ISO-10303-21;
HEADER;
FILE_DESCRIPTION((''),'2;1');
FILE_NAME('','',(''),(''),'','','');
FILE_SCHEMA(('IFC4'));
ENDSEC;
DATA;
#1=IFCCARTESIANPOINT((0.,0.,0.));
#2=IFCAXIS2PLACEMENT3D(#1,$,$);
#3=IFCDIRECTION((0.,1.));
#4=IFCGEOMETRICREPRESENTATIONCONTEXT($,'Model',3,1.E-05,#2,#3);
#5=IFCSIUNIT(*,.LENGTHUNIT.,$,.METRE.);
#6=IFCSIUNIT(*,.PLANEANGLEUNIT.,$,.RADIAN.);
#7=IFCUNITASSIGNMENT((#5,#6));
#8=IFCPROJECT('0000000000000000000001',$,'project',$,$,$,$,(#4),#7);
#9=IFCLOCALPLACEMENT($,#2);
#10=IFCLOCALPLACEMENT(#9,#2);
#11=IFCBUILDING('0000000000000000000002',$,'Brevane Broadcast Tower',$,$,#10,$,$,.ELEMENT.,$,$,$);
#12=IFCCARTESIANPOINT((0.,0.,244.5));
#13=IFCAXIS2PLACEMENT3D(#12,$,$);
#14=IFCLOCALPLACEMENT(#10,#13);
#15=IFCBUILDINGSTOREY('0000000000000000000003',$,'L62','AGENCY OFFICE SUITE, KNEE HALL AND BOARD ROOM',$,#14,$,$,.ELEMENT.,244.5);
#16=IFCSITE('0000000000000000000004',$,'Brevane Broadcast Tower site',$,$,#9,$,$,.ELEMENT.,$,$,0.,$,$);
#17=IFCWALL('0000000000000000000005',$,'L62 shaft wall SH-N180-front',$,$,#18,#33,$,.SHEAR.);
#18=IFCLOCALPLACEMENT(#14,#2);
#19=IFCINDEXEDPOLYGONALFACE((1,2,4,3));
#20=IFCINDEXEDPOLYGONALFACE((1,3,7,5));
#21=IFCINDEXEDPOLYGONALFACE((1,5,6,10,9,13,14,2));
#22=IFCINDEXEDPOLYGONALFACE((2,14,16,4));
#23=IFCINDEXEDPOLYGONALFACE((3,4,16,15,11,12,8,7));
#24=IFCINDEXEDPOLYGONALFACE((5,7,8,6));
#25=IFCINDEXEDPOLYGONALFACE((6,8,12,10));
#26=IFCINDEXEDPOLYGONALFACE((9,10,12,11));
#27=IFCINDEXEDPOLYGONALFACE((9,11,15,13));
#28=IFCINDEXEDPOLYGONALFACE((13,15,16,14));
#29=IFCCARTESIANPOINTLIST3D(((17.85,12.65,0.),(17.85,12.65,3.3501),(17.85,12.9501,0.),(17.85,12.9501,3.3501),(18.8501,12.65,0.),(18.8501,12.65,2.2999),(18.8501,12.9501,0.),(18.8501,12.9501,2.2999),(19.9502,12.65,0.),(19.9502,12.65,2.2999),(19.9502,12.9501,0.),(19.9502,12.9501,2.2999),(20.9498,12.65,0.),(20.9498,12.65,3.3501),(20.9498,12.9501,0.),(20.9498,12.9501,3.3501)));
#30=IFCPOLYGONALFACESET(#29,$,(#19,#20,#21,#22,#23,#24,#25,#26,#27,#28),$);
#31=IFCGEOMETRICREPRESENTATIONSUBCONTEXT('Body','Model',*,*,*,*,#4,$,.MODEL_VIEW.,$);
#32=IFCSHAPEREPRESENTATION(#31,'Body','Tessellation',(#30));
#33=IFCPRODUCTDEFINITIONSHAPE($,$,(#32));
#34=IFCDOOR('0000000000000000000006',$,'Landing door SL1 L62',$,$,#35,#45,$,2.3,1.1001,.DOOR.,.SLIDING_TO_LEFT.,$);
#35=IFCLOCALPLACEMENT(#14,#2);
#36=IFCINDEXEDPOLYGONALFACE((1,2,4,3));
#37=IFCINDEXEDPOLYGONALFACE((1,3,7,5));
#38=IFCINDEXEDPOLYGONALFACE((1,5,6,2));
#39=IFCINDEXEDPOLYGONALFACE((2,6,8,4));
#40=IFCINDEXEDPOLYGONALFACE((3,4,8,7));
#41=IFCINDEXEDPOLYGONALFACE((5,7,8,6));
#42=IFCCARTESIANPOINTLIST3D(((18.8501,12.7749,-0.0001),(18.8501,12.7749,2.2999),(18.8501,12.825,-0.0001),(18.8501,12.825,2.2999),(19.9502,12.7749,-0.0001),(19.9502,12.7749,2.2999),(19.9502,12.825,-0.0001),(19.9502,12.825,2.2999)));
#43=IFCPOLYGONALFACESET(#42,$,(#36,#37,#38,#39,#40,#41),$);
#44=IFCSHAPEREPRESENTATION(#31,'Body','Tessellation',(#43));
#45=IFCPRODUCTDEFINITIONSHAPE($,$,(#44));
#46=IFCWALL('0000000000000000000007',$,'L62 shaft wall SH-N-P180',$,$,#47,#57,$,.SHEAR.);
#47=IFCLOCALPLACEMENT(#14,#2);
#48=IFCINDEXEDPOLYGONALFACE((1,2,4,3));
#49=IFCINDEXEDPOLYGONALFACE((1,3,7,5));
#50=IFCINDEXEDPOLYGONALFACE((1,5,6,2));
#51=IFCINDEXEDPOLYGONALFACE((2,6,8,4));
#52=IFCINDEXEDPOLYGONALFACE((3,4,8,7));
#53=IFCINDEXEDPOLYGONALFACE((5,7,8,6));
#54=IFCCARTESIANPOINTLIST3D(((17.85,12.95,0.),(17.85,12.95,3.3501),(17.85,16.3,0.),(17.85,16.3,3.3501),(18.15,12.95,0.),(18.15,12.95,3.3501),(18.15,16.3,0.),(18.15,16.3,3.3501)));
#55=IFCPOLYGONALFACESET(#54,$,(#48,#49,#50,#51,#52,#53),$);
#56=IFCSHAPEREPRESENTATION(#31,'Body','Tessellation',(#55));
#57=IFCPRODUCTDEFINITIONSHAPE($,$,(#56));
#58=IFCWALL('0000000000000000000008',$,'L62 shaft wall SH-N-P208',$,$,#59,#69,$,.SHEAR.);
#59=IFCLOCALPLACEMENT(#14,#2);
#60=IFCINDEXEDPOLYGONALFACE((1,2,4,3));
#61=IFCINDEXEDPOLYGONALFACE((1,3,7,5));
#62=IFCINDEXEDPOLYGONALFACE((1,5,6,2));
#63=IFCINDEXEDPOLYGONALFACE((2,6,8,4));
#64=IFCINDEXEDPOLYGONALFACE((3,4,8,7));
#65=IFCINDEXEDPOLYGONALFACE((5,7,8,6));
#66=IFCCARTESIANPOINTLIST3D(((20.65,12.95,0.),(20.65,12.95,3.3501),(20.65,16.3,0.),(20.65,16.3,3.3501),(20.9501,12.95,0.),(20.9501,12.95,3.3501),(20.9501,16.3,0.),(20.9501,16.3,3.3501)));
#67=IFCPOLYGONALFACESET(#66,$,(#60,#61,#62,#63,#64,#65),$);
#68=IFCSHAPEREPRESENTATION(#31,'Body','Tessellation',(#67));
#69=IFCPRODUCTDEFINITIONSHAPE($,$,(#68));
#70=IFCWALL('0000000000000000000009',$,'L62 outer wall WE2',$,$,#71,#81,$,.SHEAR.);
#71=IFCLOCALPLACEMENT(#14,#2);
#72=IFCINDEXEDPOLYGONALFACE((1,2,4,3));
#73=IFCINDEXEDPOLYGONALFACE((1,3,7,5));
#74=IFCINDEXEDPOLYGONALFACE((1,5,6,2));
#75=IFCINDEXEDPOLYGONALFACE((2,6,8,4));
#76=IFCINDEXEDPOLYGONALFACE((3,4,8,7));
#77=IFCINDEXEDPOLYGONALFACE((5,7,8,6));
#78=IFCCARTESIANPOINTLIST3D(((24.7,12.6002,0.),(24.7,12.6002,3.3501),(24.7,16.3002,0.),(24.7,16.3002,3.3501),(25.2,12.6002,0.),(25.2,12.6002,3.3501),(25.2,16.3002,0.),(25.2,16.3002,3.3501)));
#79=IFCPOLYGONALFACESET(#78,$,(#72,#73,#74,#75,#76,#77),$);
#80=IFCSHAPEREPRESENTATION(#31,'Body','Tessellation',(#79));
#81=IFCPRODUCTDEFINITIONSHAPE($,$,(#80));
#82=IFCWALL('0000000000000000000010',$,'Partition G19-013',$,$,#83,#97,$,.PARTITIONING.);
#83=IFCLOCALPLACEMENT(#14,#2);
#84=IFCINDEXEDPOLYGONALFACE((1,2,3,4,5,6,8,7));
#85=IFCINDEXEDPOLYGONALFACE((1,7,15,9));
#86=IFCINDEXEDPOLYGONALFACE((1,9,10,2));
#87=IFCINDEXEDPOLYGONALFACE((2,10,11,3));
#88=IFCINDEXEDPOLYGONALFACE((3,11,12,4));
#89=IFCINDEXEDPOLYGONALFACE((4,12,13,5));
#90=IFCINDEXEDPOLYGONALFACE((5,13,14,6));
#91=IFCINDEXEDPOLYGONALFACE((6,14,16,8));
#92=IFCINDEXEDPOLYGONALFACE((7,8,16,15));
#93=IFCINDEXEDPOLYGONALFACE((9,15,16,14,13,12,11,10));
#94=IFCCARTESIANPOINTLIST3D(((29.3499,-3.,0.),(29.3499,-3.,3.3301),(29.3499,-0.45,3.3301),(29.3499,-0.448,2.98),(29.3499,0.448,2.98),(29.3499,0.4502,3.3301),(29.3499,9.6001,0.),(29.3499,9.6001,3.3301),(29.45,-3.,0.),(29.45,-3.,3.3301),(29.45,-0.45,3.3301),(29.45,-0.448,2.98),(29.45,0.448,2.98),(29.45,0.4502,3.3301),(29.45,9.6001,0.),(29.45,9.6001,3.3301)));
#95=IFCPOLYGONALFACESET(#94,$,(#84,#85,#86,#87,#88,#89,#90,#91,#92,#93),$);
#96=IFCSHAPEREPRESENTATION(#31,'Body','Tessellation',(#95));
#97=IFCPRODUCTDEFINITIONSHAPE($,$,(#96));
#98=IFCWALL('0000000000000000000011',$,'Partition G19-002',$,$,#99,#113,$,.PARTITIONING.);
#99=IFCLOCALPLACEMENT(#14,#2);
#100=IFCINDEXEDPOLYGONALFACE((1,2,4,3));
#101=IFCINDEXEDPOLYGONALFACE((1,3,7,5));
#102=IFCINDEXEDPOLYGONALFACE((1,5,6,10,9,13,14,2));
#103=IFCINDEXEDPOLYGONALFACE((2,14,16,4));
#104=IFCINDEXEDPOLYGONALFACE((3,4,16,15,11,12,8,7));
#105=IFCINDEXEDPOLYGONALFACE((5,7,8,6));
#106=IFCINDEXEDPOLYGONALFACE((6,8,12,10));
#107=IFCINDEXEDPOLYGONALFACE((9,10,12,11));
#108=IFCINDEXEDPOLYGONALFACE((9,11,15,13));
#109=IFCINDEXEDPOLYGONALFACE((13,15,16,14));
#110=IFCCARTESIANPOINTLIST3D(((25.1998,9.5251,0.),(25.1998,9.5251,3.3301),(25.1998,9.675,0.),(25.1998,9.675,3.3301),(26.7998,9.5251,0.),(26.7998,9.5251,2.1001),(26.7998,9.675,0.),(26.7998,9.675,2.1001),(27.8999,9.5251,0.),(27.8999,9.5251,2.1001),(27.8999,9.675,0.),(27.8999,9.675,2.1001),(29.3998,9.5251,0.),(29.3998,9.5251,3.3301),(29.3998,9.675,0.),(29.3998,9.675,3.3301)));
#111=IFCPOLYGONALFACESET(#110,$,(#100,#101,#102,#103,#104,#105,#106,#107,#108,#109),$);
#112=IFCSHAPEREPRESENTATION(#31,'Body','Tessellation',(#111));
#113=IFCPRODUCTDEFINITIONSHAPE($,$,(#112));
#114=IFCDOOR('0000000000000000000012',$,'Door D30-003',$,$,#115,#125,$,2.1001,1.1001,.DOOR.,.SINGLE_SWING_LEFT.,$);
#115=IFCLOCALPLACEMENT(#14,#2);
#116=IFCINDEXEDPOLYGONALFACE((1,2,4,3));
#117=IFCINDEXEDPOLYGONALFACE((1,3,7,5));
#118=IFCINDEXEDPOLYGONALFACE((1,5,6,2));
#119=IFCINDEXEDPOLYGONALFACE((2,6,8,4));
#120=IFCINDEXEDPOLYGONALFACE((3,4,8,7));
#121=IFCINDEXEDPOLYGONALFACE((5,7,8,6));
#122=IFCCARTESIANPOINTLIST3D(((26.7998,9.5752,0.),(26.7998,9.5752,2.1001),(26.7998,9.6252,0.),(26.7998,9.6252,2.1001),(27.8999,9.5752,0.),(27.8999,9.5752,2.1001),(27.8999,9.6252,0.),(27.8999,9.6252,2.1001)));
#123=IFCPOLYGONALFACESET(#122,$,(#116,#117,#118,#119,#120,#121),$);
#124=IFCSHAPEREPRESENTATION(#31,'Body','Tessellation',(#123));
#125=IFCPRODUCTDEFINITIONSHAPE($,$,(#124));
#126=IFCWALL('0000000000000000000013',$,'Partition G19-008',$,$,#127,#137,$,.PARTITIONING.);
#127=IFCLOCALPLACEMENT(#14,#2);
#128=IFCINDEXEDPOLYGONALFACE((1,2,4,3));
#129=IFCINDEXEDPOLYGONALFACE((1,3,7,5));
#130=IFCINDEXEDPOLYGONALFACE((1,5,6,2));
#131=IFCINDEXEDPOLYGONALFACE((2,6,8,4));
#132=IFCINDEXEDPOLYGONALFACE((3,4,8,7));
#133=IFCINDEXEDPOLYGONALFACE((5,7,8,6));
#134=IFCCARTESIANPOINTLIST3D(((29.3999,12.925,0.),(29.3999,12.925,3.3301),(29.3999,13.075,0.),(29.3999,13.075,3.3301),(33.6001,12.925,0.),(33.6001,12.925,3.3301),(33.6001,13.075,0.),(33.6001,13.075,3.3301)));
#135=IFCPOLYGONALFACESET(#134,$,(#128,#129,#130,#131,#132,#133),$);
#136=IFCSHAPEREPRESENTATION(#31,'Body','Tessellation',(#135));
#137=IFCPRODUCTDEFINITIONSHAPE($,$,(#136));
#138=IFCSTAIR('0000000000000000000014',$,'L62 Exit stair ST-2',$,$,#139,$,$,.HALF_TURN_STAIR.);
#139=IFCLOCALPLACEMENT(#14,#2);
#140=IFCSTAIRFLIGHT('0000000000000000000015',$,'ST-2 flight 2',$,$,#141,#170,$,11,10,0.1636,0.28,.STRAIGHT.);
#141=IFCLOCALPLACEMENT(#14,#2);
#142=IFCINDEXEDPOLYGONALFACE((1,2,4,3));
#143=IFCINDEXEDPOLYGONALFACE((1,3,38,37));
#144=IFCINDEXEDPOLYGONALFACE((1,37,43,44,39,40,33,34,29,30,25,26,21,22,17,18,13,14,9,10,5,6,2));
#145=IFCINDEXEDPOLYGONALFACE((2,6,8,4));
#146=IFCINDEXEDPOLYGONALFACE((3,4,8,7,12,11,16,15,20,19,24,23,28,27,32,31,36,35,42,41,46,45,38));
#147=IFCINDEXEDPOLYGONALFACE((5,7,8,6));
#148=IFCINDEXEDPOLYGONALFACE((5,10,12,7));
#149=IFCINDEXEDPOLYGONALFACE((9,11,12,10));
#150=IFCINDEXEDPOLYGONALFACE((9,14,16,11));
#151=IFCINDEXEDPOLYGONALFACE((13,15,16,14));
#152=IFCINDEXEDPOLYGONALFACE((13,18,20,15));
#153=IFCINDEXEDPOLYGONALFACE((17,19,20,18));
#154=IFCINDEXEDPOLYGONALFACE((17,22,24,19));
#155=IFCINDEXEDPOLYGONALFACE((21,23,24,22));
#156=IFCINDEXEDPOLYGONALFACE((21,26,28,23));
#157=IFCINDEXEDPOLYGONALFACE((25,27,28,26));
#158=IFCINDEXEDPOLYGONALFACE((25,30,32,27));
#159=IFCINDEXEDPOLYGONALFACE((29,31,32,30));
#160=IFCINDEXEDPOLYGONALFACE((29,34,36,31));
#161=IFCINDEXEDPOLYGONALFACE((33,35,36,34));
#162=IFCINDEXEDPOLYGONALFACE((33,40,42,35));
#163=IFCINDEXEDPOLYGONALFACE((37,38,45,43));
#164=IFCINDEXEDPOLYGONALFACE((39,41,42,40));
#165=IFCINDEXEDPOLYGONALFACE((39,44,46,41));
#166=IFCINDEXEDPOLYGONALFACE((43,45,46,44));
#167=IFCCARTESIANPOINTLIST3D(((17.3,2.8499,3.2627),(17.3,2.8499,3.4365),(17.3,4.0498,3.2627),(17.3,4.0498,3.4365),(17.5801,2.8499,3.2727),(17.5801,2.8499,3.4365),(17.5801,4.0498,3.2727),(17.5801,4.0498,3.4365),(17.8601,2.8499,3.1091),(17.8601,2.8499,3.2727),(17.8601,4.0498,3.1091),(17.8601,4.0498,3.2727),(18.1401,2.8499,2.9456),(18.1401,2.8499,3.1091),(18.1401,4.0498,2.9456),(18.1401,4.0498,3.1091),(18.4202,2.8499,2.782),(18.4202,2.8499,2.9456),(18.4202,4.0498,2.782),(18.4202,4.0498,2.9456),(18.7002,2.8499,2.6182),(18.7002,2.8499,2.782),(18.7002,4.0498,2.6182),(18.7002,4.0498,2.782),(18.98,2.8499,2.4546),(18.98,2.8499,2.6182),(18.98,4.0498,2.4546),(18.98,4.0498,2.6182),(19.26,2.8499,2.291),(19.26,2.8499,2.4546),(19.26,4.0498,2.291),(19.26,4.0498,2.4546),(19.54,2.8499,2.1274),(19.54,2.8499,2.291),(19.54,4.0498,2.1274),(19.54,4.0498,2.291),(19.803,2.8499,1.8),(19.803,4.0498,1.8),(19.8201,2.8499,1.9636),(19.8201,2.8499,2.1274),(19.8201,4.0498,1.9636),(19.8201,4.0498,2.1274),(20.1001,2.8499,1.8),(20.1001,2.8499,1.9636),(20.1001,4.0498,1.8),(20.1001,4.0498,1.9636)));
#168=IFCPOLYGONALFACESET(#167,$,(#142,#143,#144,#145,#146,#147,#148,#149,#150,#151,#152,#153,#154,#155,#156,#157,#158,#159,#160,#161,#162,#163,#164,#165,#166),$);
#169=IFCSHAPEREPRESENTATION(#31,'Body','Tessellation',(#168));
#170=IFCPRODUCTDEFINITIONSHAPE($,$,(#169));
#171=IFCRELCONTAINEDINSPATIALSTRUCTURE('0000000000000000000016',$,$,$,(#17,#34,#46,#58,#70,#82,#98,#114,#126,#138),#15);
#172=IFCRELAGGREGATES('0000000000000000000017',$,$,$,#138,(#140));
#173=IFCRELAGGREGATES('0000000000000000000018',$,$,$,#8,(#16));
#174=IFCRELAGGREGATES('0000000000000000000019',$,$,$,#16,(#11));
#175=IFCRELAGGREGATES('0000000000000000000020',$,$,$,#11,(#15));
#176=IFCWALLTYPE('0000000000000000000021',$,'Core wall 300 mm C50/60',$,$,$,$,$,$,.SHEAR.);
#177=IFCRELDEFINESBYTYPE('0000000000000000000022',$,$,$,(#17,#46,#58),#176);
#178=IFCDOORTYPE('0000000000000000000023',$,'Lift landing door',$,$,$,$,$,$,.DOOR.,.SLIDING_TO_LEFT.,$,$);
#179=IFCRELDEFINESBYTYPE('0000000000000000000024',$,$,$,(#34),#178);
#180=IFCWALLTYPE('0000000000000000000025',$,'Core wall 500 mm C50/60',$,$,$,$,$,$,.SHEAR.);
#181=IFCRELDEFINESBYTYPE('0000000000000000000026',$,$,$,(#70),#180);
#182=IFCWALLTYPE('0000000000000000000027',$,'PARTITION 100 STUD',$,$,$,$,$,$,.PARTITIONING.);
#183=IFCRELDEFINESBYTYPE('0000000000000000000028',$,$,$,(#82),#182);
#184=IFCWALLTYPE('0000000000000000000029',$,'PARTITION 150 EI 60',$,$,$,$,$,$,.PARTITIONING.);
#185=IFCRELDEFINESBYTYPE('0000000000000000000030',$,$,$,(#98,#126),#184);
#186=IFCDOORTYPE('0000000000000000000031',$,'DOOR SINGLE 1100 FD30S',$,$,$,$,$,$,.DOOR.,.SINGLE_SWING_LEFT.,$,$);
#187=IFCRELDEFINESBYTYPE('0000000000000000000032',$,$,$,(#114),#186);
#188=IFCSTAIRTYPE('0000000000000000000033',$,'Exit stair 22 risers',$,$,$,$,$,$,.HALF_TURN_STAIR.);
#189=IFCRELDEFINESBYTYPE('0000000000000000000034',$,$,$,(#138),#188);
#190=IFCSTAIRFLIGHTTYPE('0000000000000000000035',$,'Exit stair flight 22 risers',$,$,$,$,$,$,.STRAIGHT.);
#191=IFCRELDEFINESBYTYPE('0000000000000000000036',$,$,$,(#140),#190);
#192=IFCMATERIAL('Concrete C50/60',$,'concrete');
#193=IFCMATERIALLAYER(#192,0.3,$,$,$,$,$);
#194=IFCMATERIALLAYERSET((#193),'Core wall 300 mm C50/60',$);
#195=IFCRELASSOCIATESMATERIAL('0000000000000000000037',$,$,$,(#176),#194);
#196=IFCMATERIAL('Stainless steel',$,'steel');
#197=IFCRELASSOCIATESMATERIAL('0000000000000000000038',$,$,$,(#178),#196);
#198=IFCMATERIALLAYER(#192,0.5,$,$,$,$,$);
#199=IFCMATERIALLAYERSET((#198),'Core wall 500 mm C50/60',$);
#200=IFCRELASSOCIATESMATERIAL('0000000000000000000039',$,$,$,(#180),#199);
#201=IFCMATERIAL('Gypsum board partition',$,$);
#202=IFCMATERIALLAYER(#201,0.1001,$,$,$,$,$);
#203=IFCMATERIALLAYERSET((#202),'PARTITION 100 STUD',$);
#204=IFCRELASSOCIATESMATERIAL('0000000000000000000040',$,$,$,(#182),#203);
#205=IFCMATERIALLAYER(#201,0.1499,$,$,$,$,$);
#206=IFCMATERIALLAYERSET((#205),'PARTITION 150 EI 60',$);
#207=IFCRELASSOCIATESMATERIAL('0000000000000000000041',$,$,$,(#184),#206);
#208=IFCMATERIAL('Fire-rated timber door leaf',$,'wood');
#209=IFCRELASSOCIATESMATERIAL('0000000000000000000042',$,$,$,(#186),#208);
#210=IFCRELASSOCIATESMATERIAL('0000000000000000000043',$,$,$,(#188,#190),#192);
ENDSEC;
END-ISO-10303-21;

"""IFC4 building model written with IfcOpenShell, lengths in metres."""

from ifc_helpers import new_model, si_unit, direction, frame, frame_2d, origin, place, context, subcontext, project, spatial, polyline, rectangle, outline, extrude, material, layer, layer_set, type_object, element, fill, aggregate, save


model = new_model("IFC4")

# Units and contexts
model_context = context("Model", 3, precision=1e-05, world=origin(), true_north=direction((0.0, 1.0)))
body_context = subcontext(model_context, "Body", "Model", "MODEL_VIEW")
ifc_project = project(units=[si_unit("LENGTHUNIT", "METRE"), si_unit("PLANEANGLEUNIT", "RADIAN")], contexts=[model_context])

# Site, building, storey
site_placement = place(None, origin())
site = spatial("IfcSite", under=ifc_project, at=site_placement, Name="Brevane Broadcast Tower site", CompositionType="ELEMENT", RefElevation=0.0)
building_placement = place(site_placement, origin())
building = spatial("IfcBuilding", under=site, at=building_placement, Name="Brevane Broadcast Tower", CompositionType="ELEMENT")
storey_placement = place(building_placement, frame((0.0, 0.0, 244.5)))
storey = spatial("IfcBuildingStorey", under=building, at=storey_placement, Name="L62", Description="AGENCY OFFICE SUITE, KNEE HALL AND BOARD ROOM", CompositionType="ELEMENT", Elevation=244.5)

# Wall, opening, door
ifc_material_1 = material(Name="Concrete C50/60", Category="concrete")
ifc_layer_1 = layer(ifc_material_1, 0.3)
ifc_layer_set_1 = layer_set([ifc_layer_1], Name="Core wall 300 mm C50/60")
wall_type_1 = type_object("IfcWallType", Name="Core wall 300 mm C50/60", PredefinedType="SHEAR", material=ifc_layer_set_1)
wall_1_placement = place(storey_placement, frame((17.8501, 12.8, 0.0), z_axis=(0.0, 0.0, 1.0), x_axis=(1.0, 0.0, 0.0)))
wall_1 = element("IfcWall", 1, at=wall_1_placement, inside=storey, type_object=wall_type_1, Name="L62 shaft wall SH-N180-front", PredefinedType="SHEAR", context=body_context, shape_type="SweptSolid", body=[
    extrude(rectangle(XDim=3.0999, YDim=0.3, at=frame_2d((1.5498, 0.0))), origin(), (0.0, 0.0, 1.0), 3.3501),
])
opening_1_placement = place(wall_1_placement, frame((1.0, 0.0, 0.0)))
opening_1 = element("IfcOpeningElement", 2, at=opening_1_placement, cuts=wall_1, PredefinedType="OPENING", context=body_context, shape_type="SweptSolid", body=[
    extrude(rectangle(XDim=1.1001, YDim=2.3, at=frame_2d((0.55, 1.1499))), frame((0.0, 0.1599, 0.0), z_axis=(0.0, -1.0, 0.0), x_axis=(1.0, 0.0, 0.0)), (0.0, 0.0, 1.0), 0.3201),
])
ifc_material_2 = material(Name="Stainless steel", Category="steel")
door_type_1 = type_object("IfcDoorType", Name="Lift landing door", OperationType="SLIDING_TO_LEFT", PredefinedType="DOOR", material=ifc_material_2)
door_1_placement = place(opening_1_placement, origin())
door_1 = element("IfcDoor", 3, at=door_1_placement, inside=storey, type_object=door_type_1, Name="Landing door SL1 L62", OperationType="SLIDING_TO_LEFT", OverallHeight=2.3, OverallWidth=1.1001, PredefinedType="DOOR", context=body_context, shape_type="SweptSolid", body=[
    extrude(rectangle(XDim=1.1001, YDim=2.3, at=frame_2d((0.55, 1.1499))), frame((0.0, 0.0249, 0.0), z_axis=(0.0, -1.0, 0.0), x_axis=(1.0, 0.0, 0.0)), (0.0, 0.0, 1.0), 0.05),
])
fill(opening_1, door_1)

# Walls
for number, where, z_axis, x_axis, name in (
    (4, (18.0, 12.95, 0.0), (0.0, 0.0, 1.0), (0.0, 1.0, 0.0), "L62 shaft wall SH-N-P180"),
    (5, (20.8, 12.95, 0.0), (0.0, 0.0, 1.0), (0.0, 1.0, 0.0), "L62 shaft wall SH-N-P208"),
):
    element("IfcWall", number, at=place(storey_placement, frame(where, z_axis=z_axis, x_axis=x_axis)), inside=storey, type_object=wall_type_1, Name=name, PredefinedType="SHEAR", context=body_context, shape_type="SweptSolid", body=[
        extrude(rectangle(XDim=3.3501, YDim=0.3, at=frame_2d((1.675, 0.0))), origin(), (0.0, 0.0, 1.0), 3.3501),
    ])
ifc_layer_2 = layer(ifc_material_1, 0.5)
ifc_layer_set_2 = layer_set([ifc_layer_2], Name="Core wall 500 mm C50/60")
wall_type_2 = type_object("IfcWallType", Name="Core wall 500 mm C50/60", PredefinedType="SHEAR", material=ifc_layer_set_2)
wall_2_placement = place(storey_placement, frame((24.95, 12.6001, 0.0), z_axis=(0.0, 0.0, 1.0), x_axis=(0.0, 1.0, 0.0)))
element("IfcWall", 6, at=wall_2_placement, inside=storey, type_object=wall_type_2, Name="L62 outer wall WE2", PredefinedType="SHEAR", context=body_context, shape_type="SweptSolid", body=[
    extrude(rectangle(XDim=3.7, YDim=0.5, at=frame_2d((1.8501, 0.0))), origin(), (0.0, 0.0, 1.0), 3.3501),
])
ifc_material_3 = material(Name="Gypsum board partition")
ifc_layer_3 = layer(ifc_material_3, 0.1001)
ifc_layer_set_3 = layer_set([ifc_layer_3], Name="PARTITION 100 STUD")
wall_type_3 = type_object("IfcWallType", Name="PARTITION 100 STUD", PredefinedType="PARTITIONING", material=ifc_layer_set_3)
wall_3_placement = place(storey_placement, frame((29.3999, 9.6001, 0.0), z_axis=(0.0, 0.0, 1.0), x_axis=(0.0, -1.0, 0.0)))
element("IfcWall", 7, at=wall_3_placement, inside=storey, type_object=wall_type_3, Name="Partition G19-013", PredefinedType="PARTITIONING", context=body_context, shape_type="SweptSolid", body=[
    extrude(outline(polyline([(0.0, 0.0), (12.6001, 0.0), (12.6001, 3.3301), (10.05, 3.3301), (10.0481, 2.98), (9.1521, 2.98), (9.1499, 3.3301), (0.0, 3.3301), (0.0, 0.0)])), frame((0.0, 0.05, 0.0), z_axis=(0.0, -1.0, 0.0), x_axis=(1.0, 0.0, 0.0)), (0.0, 0.0, 1.0), 0.1001),
])

# Wall, opening, door
ifc_layer_4 = layer(ifc_material_3, 0.1499)
ifc_layer_set_4 = layer_set([ifc_layer_4], Name="PARTITION 150 EI 60")
wall_type_4 = type_object("IfcWallType", Name="PARTITION 150 EI 60", PredefinedType="PARTITIONING", material=ifc_layer_set_4)
wall_4_placement = place(storey_placement, frame((29.3999, 9.6001, 0.0), z_axis=(0.0, 0.0, 1.0), x_axis=(-1.0, 0.0, 0.0)))
wall_4 = element("IfcWall", 8, at=wall_4_placement, inside=storey, type_object=wall_type_4, Name="Partition G19-002", PredefinedType="PARTITIONING", context=body_context, shape_type="SweptSolid", body=[
    extrude(rectangle(XDim=4.2, YDim=0.1499, at=frame_2d((2.1001, 0.0))), origin(), (0.0, 0.0, 1.0), 3.3301),
])
opening_2_placement = place(wall_4_placement, frame((1.5, 0.0, 0.0)))
opening_2 = element("IfcOpeningElement", 9, at=opening_2_placement, cuts=wall_4, PredefinedType="OPENING", context=body_context, shape_type="SweptSolid", body=[
    extrude(rectangle(XDim=1.1001, YDim=2.1001, at=frame_2d((0.55, 1.05))), frame((0.0, 0.085, 0.0), z_axis=(0.0, -1.0, 0.0), x_axis=(1.0, 0.0, 0.0)), (0.0, 0.0, 1.0), 0.1699),
])
ifc_material_4 = material(Name="Fire-rated timber door leaf", Category="wood")
door_type_2 = type_object("IfcDoorType", Name="DOOR SINGLE 1100 FD30S", OperationType="SINGLE_SWING_LEFT", PredefinedType="DOOR", material=ifc_material_4)
door_2_placement = place(opening_2_placement, origin())
door_2 = element("IfcDoor", 10, at=door_2_placement, inside=storey, type_object=door_type_2, Name="Door D30-003", OperationType="SINGLE_SWING_LEFT", OverallHeight=2.1001, OverallWidth=1.1001, PredefinedType="DOOR", context=body_context, shape_type="SweptSolid", body=[
    extrude(rectangle(XDim=1.1001, YDim=2.1001, at=frame_2d((0.55, 1.05))), frame((0.0, 0.0249, 0.0), z_axis=(0.0, -1.0, 0.0), x_axis=(1.0, 0.0, 0.0)), (0.0, 0.0, 1.0), 0.05),
])
fill(opening_2, door_2)

# Wall
wall_5_placement = place(storey_placement, frame((29.3999, 13.0, 0.0), z_axis=(0.0, 0.0, 1.0), x_axis=(1.0, 0.0, 0.0)))
element("IfcWall", 11, at=wall_5_placement, inside=storey, type_object=wall_type_4, Name="Partition G19-008", PredefinedType="PARTITIONING", context=body_context, shape_type="SweptSolid", body=[
    extrude(rectangle(XDim=4.2002, YDim=0.1499, at=frame_2d((2.1001, 0.0))), origin(), (0.0, 0.0, 1.0), 3.3301),
])

# Stair, stair flight
stair_type = type_object("IfcStairType", Name="Exit stair 22 risers", PredefinedType="HALF_TURN_STAIR", material=ifc_material_1)
stair_placement = place(storey_placement, origin())
stair = element("IfcStair", 12, at=stair_placement, inside=storey, type_object=stair_type, Name="L62 Exit stair ST-2", PredefinedType="HALF_TURN_STAIR")
stair_flight_type = type_object("IfcStairFlightType", Name="Exit stair flight 22 risers", PredefinedType="STRAIGHT", material=ifc_material_1)
stair_flight_placement = place(storey_placement, frame((20.1001, 3.45, 1.8), z_axis=(0.0, 0.0, 1.0), x_axis=(-1.0, 0.0, 0.0)))
stair_flight = element("IfcStairFlight", 13, at=stair_flight_placement, type_object=stair_flight_type, Name="ST-2 flight 2", NumberOfRisers=11, NumberOfTreads=10, PredefinedType="STRAIGHT", RiserHeight=0.1636, TreadLength=0.28, context=body_context, shape_type="SweptSolid", body=[
    extrude(outline(polyline([(0.0, 0.0), (0.0, 0.1636), (0.28, 0.1636), (0.28, 0.3274), (0.5601, 0.3274), (0.5601, 0.491), (0.8401, 0.491), (0.8401, 0.6545), (1.1201, 0.6545), (1.1201, 0.8181), (1.3999, 0.8181), (1.3999, 0.9819), (1.6799, 0.9819), (1.6799, 1.1455), (1.96, 1.1455), (1.96, 1.3091), (2.24, 1.3091), (2.24, 1.4727), (2.52, 1.4727), (2.52, 1.6365), (2.8, 1.6365), (2.8, 1.8), (2.8, 1.4626), (0.2971, 0.0), (0.0, 0.0)])), frame((0.0, 0.6001, 0.0), z_axis=(0.0, -1.0, 0.0), x_axis=(1.0, 0.0, 0.0)), (0.0, 0.0, 1.0), 1.2),
])
aggregate(stair, [stair_flight])

save(model, "model.ifc")
